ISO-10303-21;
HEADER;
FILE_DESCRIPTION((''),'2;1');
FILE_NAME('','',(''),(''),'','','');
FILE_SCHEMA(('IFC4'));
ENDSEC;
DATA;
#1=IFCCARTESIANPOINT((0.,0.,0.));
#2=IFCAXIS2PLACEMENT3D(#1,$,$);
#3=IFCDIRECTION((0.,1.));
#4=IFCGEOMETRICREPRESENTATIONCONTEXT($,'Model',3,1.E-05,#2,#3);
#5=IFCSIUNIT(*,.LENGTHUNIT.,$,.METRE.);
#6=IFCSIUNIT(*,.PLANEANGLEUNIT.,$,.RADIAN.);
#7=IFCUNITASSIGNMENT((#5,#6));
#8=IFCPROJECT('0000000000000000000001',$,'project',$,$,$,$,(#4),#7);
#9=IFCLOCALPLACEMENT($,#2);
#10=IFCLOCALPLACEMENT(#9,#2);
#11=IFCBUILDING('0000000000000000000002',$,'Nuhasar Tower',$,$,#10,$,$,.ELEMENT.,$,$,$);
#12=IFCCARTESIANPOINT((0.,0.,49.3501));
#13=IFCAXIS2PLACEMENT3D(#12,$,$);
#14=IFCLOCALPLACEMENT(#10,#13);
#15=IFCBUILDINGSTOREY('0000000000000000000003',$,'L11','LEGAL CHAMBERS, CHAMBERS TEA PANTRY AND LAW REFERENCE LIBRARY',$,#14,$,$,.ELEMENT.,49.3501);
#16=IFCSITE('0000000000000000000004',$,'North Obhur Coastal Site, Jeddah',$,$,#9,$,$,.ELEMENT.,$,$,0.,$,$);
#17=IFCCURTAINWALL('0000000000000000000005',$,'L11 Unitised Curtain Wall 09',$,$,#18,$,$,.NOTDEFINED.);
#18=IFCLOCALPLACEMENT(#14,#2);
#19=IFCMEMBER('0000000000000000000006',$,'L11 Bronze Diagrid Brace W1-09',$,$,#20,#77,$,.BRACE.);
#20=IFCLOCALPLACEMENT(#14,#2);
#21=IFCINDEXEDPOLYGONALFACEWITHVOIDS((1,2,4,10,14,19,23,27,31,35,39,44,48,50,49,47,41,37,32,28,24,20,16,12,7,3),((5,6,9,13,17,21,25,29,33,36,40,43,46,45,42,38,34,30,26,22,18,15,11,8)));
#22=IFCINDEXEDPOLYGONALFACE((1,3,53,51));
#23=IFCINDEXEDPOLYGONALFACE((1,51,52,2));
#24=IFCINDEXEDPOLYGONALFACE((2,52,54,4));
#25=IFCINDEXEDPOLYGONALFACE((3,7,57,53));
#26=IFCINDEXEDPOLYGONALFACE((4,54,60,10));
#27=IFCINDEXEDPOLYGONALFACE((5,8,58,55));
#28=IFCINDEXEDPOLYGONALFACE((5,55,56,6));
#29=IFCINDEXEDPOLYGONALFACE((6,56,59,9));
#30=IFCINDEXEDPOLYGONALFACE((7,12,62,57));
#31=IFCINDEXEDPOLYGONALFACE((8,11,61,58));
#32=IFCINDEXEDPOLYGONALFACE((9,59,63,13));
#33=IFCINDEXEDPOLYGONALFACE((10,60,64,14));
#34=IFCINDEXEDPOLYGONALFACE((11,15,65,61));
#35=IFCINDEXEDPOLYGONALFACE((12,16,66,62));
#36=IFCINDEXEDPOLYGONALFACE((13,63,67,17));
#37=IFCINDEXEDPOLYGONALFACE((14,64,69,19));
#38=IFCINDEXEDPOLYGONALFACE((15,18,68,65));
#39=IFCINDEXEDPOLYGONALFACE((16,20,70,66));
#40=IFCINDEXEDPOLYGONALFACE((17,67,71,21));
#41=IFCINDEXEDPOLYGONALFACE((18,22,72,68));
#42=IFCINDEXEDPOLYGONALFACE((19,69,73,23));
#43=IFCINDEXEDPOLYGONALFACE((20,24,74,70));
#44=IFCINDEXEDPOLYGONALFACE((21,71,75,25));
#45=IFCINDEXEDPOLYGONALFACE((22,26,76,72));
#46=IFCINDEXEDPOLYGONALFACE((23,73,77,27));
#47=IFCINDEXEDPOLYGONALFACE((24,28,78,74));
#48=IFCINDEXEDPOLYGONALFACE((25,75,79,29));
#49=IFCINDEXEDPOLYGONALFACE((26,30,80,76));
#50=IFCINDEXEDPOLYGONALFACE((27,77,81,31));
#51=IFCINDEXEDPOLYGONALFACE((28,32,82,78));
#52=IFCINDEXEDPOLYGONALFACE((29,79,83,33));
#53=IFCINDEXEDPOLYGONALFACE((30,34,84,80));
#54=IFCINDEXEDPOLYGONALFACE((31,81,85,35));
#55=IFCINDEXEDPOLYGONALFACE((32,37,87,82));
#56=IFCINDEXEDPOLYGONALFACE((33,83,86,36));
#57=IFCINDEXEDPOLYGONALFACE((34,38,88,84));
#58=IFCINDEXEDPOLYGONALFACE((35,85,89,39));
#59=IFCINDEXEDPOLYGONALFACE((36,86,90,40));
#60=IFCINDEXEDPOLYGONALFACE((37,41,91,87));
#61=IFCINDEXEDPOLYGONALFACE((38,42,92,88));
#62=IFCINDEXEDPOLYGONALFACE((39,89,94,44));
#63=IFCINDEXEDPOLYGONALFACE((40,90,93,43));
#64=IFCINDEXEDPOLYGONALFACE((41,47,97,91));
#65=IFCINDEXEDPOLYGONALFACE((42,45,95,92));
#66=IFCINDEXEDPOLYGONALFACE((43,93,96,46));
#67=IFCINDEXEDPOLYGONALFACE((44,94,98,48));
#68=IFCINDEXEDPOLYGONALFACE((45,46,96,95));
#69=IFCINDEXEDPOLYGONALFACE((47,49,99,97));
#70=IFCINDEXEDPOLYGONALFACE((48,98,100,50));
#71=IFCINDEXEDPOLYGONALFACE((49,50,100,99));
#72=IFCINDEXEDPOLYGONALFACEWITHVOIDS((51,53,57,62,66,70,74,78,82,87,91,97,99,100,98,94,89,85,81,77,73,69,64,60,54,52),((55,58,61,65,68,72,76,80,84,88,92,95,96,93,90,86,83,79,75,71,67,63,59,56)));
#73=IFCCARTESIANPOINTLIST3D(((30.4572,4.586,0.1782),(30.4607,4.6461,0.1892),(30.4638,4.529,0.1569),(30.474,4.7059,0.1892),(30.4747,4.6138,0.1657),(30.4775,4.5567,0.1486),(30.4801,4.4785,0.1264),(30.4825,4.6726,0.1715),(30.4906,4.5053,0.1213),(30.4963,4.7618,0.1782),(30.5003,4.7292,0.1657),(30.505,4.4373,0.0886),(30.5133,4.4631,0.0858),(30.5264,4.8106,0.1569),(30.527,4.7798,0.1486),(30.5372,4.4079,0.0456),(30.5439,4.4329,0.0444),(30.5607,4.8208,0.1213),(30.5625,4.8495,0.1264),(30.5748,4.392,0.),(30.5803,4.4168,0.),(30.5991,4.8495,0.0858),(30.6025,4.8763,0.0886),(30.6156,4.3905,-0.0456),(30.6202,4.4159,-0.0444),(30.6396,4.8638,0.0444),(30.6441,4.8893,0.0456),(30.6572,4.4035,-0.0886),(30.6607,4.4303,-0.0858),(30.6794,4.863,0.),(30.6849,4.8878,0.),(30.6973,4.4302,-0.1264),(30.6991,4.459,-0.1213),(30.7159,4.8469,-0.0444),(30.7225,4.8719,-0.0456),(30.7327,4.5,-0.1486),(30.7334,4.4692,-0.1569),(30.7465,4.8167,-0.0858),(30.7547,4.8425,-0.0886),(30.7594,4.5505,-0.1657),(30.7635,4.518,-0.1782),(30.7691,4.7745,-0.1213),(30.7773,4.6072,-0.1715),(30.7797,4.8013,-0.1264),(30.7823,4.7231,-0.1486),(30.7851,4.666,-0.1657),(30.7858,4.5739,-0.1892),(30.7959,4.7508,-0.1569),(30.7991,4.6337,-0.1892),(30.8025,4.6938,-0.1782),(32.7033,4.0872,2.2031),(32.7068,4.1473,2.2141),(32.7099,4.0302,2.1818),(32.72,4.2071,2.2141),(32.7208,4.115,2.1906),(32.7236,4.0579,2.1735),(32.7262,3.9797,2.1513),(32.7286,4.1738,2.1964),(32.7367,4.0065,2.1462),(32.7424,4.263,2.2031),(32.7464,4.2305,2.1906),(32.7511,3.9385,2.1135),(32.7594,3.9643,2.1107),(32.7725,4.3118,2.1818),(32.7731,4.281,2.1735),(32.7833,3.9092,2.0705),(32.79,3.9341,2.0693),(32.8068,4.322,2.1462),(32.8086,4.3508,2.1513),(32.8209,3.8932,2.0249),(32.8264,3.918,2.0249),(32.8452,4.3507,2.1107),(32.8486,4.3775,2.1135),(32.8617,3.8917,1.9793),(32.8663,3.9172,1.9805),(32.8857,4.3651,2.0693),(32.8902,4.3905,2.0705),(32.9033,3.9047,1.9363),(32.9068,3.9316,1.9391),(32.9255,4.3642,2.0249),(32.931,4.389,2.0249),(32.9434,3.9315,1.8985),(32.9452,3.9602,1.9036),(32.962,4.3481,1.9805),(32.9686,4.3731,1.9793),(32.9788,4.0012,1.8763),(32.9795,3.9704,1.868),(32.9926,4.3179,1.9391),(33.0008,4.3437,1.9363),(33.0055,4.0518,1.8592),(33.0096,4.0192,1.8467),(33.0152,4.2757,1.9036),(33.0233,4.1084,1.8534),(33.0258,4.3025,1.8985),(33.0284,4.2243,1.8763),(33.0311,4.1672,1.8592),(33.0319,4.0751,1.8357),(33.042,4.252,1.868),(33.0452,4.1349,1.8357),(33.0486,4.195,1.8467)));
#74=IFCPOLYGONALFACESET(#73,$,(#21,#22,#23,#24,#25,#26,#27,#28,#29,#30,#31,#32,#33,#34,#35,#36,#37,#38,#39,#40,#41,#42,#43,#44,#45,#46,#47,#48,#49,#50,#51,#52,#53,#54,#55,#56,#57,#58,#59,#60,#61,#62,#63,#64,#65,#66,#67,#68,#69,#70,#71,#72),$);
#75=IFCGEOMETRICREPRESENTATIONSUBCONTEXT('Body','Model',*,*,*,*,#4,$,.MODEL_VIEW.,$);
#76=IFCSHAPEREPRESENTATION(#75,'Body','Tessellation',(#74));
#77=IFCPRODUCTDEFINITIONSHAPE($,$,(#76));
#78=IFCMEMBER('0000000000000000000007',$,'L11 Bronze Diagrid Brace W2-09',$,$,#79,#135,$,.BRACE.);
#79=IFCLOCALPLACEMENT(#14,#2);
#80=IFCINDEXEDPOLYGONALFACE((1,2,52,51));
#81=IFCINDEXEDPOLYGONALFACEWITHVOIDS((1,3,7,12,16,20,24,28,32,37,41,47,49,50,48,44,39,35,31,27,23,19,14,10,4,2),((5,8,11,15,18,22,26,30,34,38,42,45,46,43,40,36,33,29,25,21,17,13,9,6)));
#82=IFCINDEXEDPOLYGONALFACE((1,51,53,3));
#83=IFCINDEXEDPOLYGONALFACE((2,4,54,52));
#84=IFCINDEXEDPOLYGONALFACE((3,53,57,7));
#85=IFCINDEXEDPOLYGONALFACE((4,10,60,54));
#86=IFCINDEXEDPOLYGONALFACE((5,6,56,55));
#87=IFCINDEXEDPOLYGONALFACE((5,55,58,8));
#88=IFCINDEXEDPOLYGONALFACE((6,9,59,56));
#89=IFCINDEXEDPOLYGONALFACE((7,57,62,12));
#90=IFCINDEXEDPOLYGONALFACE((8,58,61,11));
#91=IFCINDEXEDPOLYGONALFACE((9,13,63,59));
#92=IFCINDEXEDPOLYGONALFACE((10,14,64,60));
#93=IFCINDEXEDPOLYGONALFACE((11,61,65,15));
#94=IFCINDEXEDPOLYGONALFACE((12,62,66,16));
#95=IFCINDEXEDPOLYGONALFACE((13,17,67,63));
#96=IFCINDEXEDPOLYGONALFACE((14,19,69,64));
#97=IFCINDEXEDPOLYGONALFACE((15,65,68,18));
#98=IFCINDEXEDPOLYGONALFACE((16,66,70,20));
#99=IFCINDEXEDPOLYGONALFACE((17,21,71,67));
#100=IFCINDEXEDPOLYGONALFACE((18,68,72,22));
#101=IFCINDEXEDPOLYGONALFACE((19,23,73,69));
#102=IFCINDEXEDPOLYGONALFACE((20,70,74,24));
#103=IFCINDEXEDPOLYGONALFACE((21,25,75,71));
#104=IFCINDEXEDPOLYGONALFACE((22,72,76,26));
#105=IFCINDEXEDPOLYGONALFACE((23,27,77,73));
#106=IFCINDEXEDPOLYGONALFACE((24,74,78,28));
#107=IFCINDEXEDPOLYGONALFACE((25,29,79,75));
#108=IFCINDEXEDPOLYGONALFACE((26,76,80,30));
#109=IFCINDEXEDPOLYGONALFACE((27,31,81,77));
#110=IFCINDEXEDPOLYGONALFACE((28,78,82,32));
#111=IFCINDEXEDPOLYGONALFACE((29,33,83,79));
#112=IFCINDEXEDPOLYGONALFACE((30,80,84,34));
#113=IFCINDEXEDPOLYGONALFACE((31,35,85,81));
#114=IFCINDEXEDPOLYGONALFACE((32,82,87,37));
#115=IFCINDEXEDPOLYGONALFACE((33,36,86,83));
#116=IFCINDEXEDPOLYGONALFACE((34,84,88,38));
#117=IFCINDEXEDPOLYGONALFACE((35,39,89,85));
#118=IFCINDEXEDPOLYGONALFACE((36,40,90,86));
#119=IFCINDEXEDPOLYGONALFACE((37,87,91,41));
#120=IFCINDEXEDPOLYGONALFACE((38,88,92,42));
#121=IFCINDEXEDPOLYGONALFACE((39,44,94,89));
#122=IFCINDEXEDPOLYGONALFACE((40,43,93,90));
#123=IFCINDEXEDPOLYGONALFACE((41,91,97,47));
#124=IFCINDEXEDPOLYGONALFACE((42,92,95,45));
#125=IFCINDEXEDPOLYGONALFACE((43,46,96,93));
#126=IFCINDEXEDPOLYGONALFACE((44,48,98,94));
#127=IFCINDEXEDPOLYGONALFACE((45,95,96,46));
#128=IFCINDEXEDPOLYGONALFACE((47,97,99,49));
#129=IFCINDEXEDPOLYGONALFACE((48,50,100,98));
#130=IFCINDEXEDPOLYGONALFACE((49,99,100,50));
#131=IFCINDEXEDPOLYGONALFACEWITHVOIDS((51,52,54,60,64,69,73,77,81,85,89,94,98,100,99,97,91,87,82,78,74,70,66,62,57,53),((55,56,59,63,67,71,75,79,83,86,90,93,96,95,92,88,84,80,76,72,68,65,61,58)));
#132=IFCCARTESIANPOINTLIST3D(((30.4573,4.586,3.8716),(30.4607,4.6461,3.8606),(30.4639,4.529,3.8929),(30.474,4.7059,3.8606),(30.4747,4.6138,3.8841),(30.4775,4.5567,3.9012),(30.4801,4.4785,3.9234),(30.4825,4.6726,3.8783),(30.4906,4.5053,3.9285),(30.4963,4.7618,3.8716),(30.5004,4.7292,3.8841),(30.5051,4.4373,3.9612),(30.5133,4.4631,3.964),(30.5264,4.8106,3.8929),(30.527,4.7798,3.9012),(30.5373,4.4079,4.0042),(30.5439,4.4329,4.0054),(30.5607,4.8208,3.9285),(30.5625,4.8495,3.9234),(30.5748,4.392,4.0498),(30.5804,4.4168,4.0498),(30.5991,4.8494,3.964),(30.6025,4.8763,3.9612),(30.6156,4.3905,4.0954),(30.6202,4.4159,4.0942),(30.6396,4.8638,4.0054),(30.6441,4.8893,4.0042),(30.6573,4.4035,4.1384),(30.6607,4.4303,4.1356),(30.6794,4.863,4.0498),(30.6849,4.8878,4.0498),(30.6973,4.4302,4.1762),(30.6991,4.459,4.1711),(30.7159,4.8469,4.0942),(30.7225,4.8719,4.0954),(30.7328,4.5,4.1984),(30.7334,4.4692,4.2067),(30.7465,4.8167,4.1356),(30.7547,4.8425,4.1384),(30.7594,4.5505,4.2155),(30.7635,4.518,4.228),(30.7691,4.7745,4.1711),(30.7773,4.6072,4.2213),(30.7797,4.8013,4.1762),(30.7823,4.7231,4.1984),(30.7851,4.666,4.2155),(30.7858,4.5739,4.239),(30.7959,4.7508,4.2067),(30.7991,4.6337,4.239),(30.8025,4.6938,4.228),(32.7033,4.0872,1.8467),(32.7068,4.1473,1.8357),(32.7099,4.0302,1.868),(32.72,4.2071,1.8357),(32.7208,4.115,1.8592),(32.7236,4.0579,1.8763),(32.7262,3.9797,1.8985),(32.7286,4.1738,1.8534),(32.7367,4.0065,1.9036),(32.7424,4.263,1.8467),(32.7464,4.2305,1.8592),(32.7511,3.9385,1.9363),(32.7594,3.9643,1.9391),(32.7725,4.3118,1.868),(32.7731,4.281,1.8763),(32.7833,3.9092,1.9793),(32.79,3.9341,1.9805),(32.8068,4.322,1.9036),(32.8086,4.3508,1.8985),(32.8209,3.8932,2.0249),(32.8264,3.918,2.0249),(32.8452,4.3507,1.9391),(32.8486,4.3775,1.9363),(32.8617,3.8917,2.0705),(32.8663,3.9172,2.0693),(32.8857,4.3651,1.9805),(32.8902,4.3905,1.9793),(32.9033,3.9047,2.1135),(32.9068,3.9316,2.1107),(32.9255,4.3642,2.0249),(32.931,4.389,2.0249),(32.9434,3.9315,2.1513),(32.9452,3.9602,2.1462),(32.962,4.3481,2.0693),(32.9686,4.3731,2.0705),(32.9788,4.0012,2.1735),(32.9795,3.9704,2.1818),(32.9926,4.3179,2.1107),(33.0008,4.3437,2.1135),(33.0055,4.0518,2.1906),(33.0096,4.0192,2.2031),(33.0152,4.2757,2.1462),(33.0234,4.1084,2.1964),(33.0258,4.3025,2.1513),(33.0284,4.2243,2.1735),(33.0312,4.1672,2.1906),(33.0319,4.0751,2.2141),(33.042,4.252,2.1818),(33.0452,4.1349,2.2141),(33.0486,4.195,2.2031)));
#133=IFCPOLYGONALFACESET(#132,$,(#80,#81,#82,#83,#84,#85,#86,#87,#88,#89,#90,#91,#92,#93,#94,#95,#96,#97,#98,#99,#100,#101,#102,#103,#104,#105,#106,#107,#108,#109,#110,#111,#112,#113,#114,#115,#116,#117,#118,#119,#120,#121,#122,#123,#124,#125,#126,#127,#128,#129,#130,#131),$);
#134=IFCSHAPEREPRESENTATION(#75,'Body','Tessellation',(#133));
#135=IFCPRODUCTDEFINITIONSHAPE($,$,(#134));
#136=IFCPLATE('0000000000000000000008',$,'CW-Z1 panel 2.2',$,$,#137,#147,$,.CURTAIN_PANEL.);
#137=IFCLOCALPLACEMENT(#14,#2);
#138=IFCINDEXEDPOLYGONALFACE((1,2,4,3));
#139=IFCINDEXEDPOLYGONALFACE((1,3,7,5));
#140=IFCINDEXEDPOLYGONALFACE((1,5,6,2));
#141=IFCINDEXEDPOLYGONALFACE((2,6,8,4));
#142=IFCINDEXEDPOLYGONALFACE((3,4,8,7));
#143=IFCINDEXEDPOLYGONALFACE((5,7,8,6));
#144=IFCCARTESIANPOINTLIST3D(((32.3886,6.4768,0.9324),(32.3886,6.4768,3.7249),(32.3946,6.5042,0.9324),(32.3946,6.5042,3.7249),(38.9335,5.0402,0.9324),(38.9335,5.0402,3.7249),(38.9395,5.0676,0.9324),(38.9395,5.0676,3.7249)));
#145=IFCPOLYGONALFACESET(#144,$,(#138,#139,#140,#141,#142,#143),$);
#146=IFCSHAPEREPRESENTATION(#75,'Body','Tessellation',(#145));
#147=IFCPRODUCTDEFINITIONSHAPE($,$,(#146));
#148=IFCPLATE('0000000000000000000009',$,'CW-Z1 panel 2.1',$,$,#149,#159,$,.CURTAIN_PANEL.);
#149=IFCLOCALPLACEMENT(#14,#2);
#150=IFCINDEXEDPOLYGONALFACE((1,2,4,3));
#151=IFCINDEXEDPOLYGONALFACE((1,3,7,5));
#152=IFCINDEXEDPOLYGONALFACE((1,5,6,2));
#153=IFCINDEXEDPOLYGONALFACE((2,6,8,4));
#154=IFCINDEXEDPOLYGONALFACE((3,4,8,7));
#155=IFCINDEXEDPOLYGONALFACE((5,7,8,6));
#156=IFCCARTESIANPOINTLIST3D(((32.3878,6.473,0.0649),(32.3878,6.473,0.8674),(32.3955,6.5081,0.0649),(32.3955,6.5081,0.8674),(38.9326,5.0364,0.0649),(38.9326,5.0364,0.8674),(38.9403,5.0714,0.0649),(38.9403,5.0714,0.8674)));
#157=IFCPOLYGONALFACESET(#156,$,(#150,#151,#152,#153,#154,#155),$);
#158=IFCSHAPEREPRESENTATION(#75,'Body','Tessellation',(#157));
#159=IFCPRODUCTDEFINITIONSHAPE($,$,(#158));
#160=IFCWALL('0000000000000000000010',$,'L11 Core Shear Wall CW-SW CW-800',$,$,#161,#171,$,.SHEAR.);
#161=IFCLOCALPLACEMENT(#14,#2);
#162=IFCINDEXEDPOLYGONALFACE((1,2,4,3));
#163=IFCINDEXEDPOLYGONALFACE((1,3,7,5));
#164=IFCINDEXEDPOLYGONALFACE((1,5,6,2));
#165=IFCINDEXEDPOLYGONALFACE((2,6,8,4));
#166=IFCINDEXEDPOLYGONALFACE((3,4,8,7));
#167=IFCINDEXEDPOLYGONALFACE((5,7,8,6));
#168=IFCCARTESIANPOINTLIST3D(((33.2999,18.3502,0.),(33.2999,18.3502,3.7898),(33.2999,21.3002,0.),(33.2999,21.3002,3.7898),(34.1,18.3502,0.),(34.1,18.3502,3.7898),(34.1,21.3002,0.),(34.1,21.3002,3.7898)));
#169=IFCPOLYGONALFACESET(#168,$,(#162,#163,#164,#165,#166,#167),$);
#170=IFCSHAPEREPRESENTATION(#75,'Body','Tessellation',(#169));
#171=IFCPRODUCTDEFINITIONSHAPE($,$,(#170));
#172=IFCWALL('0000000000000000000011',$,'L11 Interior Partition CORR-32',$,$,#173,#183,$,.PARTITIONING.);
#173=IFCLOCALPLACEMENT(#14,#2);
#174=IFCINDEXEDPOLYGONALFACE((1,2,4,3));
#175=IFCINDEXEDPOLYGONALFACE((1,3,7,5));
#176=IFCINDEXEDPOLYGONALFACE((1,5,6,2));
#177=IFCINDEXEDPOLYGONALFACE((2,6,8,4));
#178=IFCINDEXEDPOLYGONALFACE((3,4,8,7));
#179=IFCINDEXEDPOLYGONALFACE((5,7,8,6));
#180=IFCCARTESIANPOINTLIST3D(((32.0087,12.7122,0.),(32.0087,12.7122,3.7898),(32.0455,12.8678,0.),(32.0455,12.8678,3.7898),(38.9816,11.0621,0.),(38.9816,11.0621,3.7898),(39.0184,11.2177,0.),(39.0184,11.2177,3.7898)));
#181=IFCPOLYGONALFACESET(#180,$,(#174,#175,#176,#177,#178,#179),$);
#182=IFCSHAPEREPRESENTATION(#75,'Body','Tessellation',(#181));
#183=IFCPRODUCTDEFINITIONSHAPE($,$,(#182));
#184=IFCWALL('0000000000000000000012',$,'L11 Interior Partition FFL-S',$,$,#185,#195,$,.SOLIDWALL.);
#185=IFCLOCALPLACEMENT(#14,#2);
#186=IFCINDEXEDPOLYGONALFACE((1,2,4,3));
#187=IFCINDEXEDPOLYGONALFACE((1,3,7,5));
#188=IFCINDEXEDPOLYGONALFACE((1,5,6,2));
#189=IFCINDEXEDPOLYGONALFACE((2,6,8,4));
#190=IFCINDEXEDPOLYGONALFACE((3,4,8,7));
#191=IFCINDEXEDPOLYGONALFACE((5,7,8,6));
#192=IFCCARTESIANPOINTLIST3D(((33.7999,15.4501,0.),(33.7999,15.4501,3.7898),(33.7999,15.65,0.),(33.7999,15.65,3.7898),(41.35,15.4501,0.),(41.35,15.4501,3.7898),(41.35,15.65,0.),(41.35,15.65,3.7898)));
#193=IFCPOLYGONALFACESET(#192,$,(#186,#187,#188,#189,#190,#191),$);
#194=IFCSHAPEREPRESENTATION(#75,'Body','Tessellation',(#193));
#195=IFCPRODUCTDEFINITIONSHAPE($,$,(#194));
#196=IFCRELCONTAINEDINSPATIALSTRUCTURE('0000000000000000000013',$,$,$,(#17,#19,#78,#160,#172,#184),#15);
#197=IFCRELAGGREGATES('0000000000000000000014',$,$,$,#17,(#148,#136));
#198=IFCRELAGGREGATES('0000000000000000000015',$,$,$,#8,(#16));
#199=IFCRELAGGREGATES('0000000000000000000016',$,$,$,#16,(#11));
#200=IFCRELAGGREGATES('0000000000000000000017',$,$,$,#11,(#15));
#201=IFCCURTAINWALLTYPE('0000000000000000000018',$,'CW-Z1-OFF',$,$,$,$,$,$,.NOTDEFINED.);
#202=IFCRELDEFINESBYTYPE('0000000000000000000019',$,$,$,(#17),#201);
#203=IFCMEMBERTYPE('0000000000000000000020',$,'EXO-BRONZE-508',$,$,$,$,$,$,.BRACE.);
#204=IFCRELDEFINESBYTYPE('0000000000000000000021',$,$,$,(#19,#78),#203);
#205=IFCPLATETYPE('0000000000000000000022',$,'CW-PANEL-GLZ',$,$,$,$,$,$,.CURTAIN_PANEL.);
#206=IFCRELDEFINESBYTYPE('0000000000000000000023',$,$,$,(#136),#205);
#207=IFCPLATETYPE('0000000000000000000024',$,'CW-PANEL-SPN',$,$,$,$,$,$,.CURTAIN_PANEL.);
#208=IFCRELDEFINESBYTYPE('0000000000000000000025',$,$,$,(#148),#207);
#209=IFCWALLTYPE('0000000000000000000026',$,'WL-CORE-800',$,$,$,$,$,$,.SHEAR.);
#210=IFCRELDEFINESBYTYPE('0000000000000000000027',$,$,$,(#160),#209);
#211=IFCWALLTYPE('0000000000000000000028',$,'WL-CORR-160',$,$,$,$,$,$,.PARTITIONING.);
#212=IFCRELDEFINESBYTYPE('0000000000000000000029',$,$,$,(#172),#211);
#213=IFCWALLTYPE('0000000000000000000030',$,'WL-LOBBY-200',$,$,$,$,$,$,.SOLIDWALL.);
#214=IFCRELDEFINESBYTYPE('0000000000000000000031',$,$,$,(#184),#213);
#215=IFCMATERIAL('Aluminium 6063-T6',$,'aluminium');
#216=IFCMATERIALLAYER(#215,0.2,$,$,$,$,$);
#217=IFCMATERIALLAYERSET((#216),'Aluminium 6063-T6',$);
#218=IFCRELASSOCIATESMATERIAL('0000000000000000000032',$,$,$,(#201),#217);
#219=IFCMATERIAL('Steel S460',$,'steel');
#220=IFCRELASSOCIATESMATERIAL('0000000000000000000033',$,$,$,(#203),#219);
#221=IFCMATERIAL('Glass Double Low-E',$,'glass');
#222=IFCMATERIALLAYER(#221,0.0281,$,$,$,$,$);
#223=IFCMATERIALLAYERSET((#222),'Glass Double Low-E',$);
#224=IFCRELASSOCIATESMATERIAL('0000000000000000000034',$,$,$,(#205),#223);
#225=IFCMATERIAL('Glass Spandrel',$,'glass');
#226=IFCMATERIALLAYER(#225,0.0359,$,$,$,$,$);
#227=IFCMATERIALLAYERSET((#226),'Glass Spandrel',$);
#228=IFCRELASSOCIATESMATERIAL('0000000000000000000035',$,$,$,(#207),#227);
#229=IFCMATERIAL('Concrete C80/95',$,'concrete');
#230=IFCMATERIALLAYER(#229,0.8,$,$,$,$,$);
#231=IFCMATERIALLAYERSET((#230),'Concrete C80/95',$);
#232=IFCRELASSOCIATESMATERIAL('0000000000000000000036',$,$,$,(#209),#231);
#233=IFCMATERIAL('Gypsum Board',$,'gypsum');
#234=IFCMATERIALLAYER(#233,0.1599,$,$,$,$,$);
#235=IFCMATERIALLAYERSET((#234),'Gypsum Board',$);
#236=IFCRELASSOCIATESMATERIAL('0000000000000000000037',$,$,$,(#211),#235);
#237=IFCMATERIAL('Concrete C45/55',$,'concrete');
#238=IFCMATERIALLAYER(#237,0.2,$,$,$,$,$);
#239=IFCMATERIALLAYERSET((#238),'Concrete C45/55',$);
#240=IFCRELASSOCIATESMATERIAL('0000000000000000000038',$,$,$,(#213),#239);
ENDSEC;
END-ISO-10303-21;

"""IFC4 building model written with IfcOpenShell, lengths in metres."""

from ifc_helpers import new_model, si_unit, direction, frame, frame_2d, origin, origin_2d, place, context, subcontext, project, spatial, rectangle, hollow_circle, extrude, material, layer, layer_set, material_profile, profile_set, type_object, element, aggregate, save


model = new_model("IFC4")

# Units and contexts
model_context = context("Model", 3, precision=1e-05, world=origin(), true_north=direction((0.0, 1.0)))
body_context = subcontext(model_context, "Body", "Model", "MODEL_VIEW")
ifc_project = project(units=[si_unit("LENGTHUNIT", "METRE"), si_unit("PLANEANGLEUNIT", "RADIAN")], contexts=[model_context])

# Site, building, storey
site_placement = place(None, origin())
site = spatial("IfcSite", under=ifc_project, at=site_placement, Name="North Obhur Coastal Site, Jeddah", CompositionType="ELEMENT", RefElevation=0.0)
building_placement = place(site_placement, origin())
building = spatial("IfcBuilding", under=site, at=building_placement, Name="Nuhasar Tower", CompositionType="ELEMENT")
storey_placement = place(building_placement, frame((0.0, 0.0, 49.3501)))
storey = spatial("IfcBuildingStorey", under=building, at=storey_placement, Name="L11", Description="LEGAL CHAMBERS, CHAMBERS TEA PANTRY AND LAW REFERENCE LIBRARY", CompositionType="ELEMENT", Elevation=49.3501)

# Shared definitions
ifc_material_1 = material(Name="Concrete C80/95", Category="concrete")

# Curtain wall
ifc_material_2 = material(Name="Aluminium 6063-T6", Category="aluminium")
ifc_layer_1 = layer(ifc_material_2, 0.2)
ifc_layer_set_1 = layer_set([ifc_layer_1], Name="Aluminium 6063-T6")
curtain_wall_type = type_object("IfcCurtainWallType", Name="CW-Z1-OFF", PredefinedType="NOTDEFINED", material=ifc_layer_set_1)
curtain_wall_placement = place(storey_placement, origin())
curtain_wall = element("IfcCurtainWall", 1, at=curtain_wall_placement, inside=storey, type_object=curtain_wall_type, Name="L11 Unitised Curtain Wall 09", PredefinedType="NOTDEFINED")

# Members
ifc_material_3 = material(Name="Steel S460", Category="steel")
ifc_material_profile_1 = material_profile(ifc_material_3, hollow_circle(Radius=0.2539, WallThickness=0.0254, at=origin_2d()), Name="HSS508X25.4")
ifc_profile_set_1 = profile_set([ifc_material_profile_1], Name="Steel S460")
member_type_1 = type_object("IfcMemberType", Name="EXO-BRONZE-508", PredefinedType="BRACE", material=ifc_profile_set_1)
for number, where, z_axis, x_axis, name in (
    (2, (30.6299, 4.6399, 0.0), (0.732831, -0.162736, 0.660663), (0.216784, 0.97622, 0.0), "L11 Bronze Diagrid Brace W1-09"),
    (3, (32.876, 4.1411, 2.0249), (-0.732831, 0.162736, 0.660663), (-0.216784, -0.97622, 0.0), "L11 Bronze Diagrid Brace W2-09"),
):
    element("IfcMember", number, at=place(storey_placement, frame(where, z_axis=z_axis, x_axis=x_axis)), inside=storey, type_object=member_type_1, Name=name, PredefinedType="BRACE", context=body_context, shape_type="SweptSolid", body=[
        extrude(hollow_circle(Radius=0.2539, WallThickness=0.0254, at=origin_2d()), origin(), (0.0, 0.0, 1.0), 3.0649),
    ])

# Plates
ifc_material_4 = material(Name="Glass Double Low-E", Category="glass")
ifc_layer_2 = layer(ifc_material_4, 0.0281)
ifc_layer_set_2 = layer_set([ifc_layer_2], Name="Glass Double Low-E")
plate_type_1 = type_object("IfcPlateType", Name="CW-PANEL-GLZ", PredefinedType="CURTAIN_PANEL", material=ifc_layer_set_2)
plate_1_placement = place(storey_placement, frame((35.6641, 5.7722, 0.9324), z_axis=(0.0, 0.0, 1.0), x_axis=(0.976746, -0.214399, 0.0)))
plate_1 = element("IfcPlate", 4, at=plate_1_placement, type_object=plate_type_1, Name="CW-Z1 panel 2.2", PredefinedType="CURTAIN_PANEL", context=body_context, shape_type="SweptSolid", body=[
    extrude(rectangle(XDim=6.7007, YDim=0.0281, at=origin_2d()), origin(), (0.0, 0.0, 1.0), 2.7925),
])
ifc_material_5 = material(Name="Glass Spandrel", Category="glass")
ifc_layer_3 = layer(ifc_material_5, 0.0359)
ifc_layer_set_3 = layer_set([ifc_layer_3], Name="Glass Spandrel")
plate_type_2 = type_object("IfcPlateType", Name="CW-PANEL-SPN", PredefinedType="CURTAIN_PANEL", material=ifc_layer_set_3)
plate_2_placement = place(storey_placement, frame((35.6641, 5.7722, 0.0649), z_axis=(0.0, 0.0, 1.0), x_axis=(0.976746, -0.214399, 0.0)))
plate_2 = element("IfcPlate", 5, at=plate_2_placement, type_object=plate_type_2, Name="CW-Z1 panel 2.1", PredefinedType="CURTAIN_PANEL", context=body_context, shape_type="SweptSolid", body=[
    extrude(rectangle(XDim=6.7007, YDim=0.0359, at=origin_2d()), origin(), (0.0, 0.0, 1.0), 0.8025),
])
aggregate(curtain_wall, [plate_2, plate_1])

# Wall
ifc_layer_4 = layer(ifc_material_1, 0.8)
ifc_layer_set_4 = layer_set([ifc_layer_4], Name="Concrete C80/95")
wall_type_1 = type_object("IfcWallType", Name="WL-CORE-800", PredefinedType="SHEAR", material=ifc_layer_set_4)
wall_1_placement = place(storey_placement, frame((33.7, 18.3501, 0.0), z_axis=(0.0, 0.0, 1.0), x_axis=(0.0, 1.0, 0.0)))
element("IfcWall", 6, at=wall_1_placement, inside=storey, type_object=wall_type_1, Name="L11 Core Shear Wall CW-SW CW-800", PredefinedType="SHEAR", context=body_context, shape_type="SweptSolid", body=[
    extrude(rectangle(XDim=2.95, YDim=0.8, at=frame_2d((1.4751, 0.0))), origin(), (0.0, 0.0, 1.0), 3.7898),
])

# Shared definitions
ifc_material_6 = material(Name="Gypsum Board", Category="gypsum")
ifc_layer_5 = layer(ifc_material_6, 0.1599)
ifc_layer_set_5 = layer_set([ifc_layer_5], Name="Gypsum Board")
wall_type_2 = type_object("IfcWallType", Name="WL-CORR-160", PredefinedType="PARTITIONING", material=ifc_layer_set_5)

# Walls
wall_2_placement = place(storey_placement, frame((32.0271, 12.79, 0.0), z_axis=(0.0, 0.0, 1.0), x_axis=(0.973122, -0.230291, 0.0)))
element("IfcWall", 7, at=wall_2_placement, inside=storey, type_object=wall_type_2, Name="L11 Interior Partition CORR-32", PredefinedType="PARTITIONING", context=body_context, shape_type="SweptSolid", body=[
    extrude(rectangle(XDim=7.1655, YDim=0.1599, at=frame_2d((3.5828, 0.0))), origin(), (0.0, 0.0, 1.0), 3.7898),
])
ifc_material_7 = material(Name="Concrete C45/55", Category="concrete")
ifc_layer_6 = layer(ifc_material_7, 0.2)
ifc_layer_set_6 = layer_set([ifc_layer_6], Name="Concrete C45/55")
wall_type_3 = type_object("IfcWallType", Name="WL-LOBBY-200", PredefinedType="SOLIDWALL", material=ifc_layer_set_6)
wall_3_placement = place(storey_placement, frame((33.8, 15.55, 0.0), z_axis=(0.0, 0.0, 1.0), x_axis=(1.0, 0.0, 0.0)))
element("IfcWall", 8, at=wall_3_placement, inside=storey, type_object=wall_type_3, Name="L11 Interior Partition FFL-S", PredefinedType="SOLIDWALL", context=body_context, shape_type="SweptSolid", body=[
    extrude(rectangle(XDim=7.55, YDim=0.2, at=frame_2d((3.7749, 0.0))), origin(), (0.0, 0.0, 1.0), 3.7898),
])

save(model, "model.ifc")
